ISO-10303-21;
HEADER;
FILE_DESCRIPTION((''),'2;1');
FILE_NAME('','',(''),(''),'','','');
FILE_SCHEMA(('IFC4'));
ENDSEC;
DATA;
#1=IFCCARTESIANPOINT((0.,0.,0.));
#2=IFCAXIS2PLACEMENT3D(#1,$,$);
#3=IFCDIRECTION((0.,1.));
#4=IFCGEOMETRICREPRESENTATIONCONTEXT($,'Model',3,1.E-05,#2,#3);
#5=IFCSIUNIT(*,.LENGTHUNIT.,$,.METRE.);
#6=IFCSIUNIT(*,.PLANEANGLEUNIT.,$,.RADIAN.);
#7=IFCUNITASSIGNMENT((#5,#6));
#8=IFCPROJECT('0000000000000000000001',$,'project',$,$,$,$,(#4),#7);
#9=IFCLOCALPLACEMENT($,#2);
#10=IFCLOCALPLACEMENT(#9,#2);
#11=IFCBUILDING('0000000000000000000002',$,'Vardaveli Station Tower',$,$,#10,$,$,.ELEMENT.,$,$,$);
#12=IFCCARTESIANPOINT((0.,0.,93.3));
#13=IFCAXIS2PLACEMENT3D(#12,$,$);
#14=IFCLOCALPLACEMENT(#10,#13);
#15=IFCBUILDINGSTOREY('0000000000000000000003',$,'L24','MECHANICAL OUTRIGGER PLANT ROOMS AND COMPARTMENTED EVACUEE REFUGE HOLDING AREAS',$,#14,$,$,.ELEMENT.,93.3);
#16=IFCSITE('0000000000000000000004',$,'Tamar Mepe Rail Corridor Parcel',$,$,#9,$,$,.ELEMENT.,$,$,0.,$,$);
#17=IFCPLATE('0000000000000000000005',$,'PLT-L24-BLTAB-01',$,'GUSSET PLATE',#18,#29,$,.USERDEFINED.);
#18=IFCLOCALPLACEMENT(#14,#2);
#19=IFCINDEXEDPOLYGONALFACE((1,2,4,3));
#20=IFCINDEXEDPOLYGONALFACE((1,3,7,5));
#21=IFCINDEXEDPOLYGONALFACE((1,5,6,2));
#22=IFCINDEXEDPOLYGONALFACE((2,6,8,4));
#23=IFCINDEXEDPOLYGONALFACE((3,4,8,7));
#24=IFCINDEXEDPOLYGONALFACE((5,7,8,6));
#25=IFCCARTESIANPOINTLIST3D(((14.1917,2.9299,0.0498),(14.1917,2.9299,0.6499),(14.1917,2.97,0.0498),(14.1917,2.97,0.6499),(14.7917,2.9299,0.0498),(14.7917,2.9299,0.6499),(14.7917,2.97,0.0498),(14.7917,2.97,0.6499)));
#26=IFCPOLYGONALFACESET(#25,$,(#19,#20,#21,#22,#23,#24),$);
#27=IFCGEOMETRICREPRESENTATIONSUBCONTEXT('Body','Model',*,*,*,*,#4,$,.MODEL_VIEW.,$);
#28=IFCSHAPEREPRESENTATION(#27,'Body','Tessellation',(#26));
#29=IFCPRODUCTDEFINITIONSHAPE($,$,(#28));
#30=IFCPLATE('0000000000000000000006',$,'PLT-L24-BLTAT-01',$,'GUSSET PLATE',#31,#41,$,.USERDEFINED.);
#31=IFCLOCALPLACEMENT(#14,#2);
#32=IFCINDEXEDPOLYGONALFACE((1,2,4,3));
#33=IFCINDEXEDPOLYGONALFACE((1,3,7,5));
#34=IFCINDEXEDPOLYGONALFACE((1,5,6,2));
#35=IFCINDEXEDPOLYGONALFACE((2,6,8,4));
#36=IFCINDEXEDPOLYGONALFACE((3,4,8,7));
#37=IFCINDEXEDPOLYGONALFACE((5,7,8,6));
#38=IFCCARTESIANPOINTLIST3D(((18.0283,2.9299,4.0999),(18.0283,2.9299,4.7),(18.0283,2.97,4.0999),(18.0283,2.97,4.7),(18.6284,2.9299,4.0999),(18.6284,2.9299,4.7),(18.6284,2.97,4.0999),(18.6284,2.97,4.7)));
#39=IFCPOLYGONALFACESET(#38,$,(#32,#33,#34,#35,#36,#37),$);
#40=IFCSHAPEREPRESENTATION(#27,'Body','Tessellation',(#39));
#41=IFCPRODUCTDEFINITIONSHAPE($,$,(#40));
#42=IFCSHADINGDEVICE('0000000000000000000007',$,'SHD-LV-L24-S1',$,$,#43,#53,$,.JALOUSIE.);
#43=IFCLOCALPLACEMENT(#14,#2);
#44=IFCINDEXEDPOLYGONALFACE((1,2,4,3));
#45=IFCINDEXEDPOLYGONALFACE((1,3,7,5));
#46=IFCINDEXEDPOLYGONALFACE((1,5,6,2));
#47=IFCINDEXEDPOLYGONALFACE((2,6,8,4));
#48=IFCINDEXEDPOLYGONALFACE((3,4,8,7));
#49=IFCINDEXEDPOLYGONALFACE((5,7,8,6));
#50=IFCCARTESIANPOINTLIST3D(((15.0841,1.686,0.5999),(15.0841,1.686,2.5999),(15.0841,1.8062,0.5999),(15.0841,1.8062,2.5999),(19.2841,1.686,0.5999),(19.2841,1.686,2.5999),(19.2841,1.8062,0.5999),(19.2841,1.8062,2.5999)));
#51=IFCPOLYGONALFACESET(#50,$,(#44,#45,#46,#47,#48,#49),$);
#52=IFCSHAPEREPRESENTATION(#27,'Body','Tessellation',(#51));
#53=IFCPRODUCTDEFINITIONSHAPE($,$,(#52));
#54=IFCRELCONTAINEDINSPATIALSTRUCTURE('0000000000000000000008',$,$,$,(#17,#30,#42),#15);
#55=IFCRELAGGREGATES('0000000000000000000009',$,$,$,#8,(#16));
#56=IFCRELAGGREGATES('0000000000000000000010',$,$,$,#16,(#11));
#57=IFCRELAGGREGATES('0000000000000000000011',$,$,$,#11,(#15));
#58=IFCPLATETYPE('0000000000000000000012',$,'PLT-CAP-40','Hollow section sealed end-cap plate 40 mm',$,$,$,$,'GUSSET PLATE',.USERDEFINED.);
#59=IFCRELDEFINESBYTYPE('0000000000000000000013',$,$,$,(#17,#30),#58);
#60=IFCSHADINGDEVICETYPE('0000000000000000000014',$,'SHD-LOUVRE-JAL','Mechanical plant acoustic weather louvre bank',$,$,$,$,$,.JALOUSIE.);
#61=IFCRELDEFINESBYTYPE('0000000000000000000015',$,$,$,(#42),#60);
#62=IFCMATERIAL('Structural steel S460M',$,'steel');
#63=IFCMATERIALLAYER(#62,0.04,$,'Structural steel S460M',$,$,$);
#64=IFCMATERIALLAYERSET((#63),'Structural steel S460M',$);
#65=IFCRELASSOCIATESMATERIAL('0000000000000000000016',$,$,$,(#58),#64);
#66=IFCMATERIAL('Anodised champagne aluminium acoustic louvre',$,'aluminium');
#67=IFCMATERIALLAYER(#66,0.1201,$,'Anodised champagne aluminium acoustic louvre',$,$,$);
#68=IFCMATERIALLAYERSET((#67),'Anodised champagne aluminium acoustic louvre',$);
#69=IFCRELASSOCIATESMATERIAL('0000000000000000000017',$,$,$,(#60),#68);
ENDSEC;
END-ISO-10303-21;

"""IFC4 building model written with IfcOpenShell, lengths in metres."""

from ifc_helpers import new_model, si_unit, direction, frame, origin, origin_2d, place, context, subcontext, project, spatial, rectangle, extrude, source, transform, mapped, material, layer, layer_set, type_object, element, save


model = new_model("IFC4")

# Units and contexts
model_context = context("Model", 3, precision=1e-05, world=origin(), true_north=direction((0.0, 1.0)))
body_context = subcontext(model_context, "Body", "Model", "MODEL_VIEW")
ifc_project = project(units=[si_unit("LENGTHUNIT", "METRE"), si_unit("PLANEANGLEUNIT", "RADIAN")], contexts=[model_context])

# Site, building, storey
site_placement = place(None, origin())
site = spatial("IfcSite", under=ifc_project, at=site_placement, Name="Tamar Mepe Rail Corridor Parcel", CompositionType="ELEMENT", RefElevation=0.0)
building_placement = place(site_placement, origin())
building = spatial("IfcBuilding", under=site, at=building_placement, Name="Vardaveli Station Tower", CompositionType="ELEMENT")
storey_placement = place(building_placement, frame((0.0, 0.0, 93.3)))
storey = spatial("IfcBuildingStorey", under=building, at=storey_placement, Name="L24", Description="MECHANICAL OUTRIGGER PLANT ROOMS AND COMPARTMENTED EVACUEE REFUGE HOLDING AREAS", CompositionType="ELEMENT", Elevation=93.3)

# Shared definitions
ifc_material_1 = material(Name="Structural steel S460M", Category="steel")

# Plates
ifc_layer_1 = layer(ifc_material_1, 0.04, Name="Structural steel S460M")
ifc_layer_set_1 = layer_set([ifc_layer_1], Name="Structural steel S460M")
plate_type_1 = type_object("IfcPlateType", Name="PLT-CAP-40", Description="Hollow section sealed end-cap plate 40 mm", ElementType="GUSSET PLATE", PredefinedType="USERDEFINED", material=ifc_layer_set_1)
shared_shape_1 = source(origin(), body_context, "Body", "SweptSolid", [
    extrude(rectangle(XDim=0.6001, YDim=0.04, at=origin_2d()), origin(), (0.0, 0.0, 1.0), 0.6001),
])
for number, where, z_axis, x_axis, name in (
    (1, (14.4917, 2.95, 0.0498), (0.0, 0.0, 1.0), (1.0, 0.0, 0.0), "PLT-L24-BLTAB-01"),
    (2, (18.3284, 2.95, 4.0999), (0.0, 0.0, 1.0), (1.0, 0.0, 0.0), "PLT-L24-BLTAT-01"),
):
    element("IfcPlate", number, at=place(storey_placement, frame(where, z_axis=z_axis, x_axis=x_axis)), inside=storey, type_object=plate_type_1, Name=name, ObjectType="GUSSET PLATE", PredefinedType="USERDEFINED", context=body_context, shape_type="MappedRepresentation", body=[
        mapped(shared_shape_1, transform((0.0, 0.0, 0.0), scale=1.0)),
    ])

# Shading device
ifc_material_2 = material(Name="Anodised champagne aluminium acoustic louvre", Category="aluminium")
ifc_layer_2 = layer(ifc_material_2, 0.1201, Name="Anodised champagne aluminium acoustic louvre")
ifc_layer_set_2 = layer_set([ifc_layer_2], Name="Anodised champagne aluminium acoustic louvre")
shading_device_type = type_object("IfcShadingDeviceType", Name="SHD-LOUVRE-JAL", Description="Mechanical plant acoustic weather louvre bank", PredefinedType="JALOUSIE", material=ifc_layer_set_2)
shared_shape_2 = source(origin(), body_context, "Body", "SweptSolid", [
    extrude(rectangle(XDim=4.2, YDim=0.1201, at=origin_2d()), origin(), (0.0, 0.0, 1.0), 2.0),
])
shading_device_placement = place(storey_placement, frame((17.1841, 1.7461, 0.5999), z_axis=(0.0, 0.0, 1.0), x_axis=(1.0, 0.0, 0.0)))
element("IfcShadingDevice", 3, at=shading_device_placement, inside=storey, type_object=shading_device_type, Name="SHD-LV-L24-S1", PredefinedType="JALOUSIE", context=body_context, shape_type="MappedRepresentation", body=[
    mapped(shared_shape_2, transform((0.0, 0.0, 0.0), scale=1.0)),
])

save(model, "model.ifc")
